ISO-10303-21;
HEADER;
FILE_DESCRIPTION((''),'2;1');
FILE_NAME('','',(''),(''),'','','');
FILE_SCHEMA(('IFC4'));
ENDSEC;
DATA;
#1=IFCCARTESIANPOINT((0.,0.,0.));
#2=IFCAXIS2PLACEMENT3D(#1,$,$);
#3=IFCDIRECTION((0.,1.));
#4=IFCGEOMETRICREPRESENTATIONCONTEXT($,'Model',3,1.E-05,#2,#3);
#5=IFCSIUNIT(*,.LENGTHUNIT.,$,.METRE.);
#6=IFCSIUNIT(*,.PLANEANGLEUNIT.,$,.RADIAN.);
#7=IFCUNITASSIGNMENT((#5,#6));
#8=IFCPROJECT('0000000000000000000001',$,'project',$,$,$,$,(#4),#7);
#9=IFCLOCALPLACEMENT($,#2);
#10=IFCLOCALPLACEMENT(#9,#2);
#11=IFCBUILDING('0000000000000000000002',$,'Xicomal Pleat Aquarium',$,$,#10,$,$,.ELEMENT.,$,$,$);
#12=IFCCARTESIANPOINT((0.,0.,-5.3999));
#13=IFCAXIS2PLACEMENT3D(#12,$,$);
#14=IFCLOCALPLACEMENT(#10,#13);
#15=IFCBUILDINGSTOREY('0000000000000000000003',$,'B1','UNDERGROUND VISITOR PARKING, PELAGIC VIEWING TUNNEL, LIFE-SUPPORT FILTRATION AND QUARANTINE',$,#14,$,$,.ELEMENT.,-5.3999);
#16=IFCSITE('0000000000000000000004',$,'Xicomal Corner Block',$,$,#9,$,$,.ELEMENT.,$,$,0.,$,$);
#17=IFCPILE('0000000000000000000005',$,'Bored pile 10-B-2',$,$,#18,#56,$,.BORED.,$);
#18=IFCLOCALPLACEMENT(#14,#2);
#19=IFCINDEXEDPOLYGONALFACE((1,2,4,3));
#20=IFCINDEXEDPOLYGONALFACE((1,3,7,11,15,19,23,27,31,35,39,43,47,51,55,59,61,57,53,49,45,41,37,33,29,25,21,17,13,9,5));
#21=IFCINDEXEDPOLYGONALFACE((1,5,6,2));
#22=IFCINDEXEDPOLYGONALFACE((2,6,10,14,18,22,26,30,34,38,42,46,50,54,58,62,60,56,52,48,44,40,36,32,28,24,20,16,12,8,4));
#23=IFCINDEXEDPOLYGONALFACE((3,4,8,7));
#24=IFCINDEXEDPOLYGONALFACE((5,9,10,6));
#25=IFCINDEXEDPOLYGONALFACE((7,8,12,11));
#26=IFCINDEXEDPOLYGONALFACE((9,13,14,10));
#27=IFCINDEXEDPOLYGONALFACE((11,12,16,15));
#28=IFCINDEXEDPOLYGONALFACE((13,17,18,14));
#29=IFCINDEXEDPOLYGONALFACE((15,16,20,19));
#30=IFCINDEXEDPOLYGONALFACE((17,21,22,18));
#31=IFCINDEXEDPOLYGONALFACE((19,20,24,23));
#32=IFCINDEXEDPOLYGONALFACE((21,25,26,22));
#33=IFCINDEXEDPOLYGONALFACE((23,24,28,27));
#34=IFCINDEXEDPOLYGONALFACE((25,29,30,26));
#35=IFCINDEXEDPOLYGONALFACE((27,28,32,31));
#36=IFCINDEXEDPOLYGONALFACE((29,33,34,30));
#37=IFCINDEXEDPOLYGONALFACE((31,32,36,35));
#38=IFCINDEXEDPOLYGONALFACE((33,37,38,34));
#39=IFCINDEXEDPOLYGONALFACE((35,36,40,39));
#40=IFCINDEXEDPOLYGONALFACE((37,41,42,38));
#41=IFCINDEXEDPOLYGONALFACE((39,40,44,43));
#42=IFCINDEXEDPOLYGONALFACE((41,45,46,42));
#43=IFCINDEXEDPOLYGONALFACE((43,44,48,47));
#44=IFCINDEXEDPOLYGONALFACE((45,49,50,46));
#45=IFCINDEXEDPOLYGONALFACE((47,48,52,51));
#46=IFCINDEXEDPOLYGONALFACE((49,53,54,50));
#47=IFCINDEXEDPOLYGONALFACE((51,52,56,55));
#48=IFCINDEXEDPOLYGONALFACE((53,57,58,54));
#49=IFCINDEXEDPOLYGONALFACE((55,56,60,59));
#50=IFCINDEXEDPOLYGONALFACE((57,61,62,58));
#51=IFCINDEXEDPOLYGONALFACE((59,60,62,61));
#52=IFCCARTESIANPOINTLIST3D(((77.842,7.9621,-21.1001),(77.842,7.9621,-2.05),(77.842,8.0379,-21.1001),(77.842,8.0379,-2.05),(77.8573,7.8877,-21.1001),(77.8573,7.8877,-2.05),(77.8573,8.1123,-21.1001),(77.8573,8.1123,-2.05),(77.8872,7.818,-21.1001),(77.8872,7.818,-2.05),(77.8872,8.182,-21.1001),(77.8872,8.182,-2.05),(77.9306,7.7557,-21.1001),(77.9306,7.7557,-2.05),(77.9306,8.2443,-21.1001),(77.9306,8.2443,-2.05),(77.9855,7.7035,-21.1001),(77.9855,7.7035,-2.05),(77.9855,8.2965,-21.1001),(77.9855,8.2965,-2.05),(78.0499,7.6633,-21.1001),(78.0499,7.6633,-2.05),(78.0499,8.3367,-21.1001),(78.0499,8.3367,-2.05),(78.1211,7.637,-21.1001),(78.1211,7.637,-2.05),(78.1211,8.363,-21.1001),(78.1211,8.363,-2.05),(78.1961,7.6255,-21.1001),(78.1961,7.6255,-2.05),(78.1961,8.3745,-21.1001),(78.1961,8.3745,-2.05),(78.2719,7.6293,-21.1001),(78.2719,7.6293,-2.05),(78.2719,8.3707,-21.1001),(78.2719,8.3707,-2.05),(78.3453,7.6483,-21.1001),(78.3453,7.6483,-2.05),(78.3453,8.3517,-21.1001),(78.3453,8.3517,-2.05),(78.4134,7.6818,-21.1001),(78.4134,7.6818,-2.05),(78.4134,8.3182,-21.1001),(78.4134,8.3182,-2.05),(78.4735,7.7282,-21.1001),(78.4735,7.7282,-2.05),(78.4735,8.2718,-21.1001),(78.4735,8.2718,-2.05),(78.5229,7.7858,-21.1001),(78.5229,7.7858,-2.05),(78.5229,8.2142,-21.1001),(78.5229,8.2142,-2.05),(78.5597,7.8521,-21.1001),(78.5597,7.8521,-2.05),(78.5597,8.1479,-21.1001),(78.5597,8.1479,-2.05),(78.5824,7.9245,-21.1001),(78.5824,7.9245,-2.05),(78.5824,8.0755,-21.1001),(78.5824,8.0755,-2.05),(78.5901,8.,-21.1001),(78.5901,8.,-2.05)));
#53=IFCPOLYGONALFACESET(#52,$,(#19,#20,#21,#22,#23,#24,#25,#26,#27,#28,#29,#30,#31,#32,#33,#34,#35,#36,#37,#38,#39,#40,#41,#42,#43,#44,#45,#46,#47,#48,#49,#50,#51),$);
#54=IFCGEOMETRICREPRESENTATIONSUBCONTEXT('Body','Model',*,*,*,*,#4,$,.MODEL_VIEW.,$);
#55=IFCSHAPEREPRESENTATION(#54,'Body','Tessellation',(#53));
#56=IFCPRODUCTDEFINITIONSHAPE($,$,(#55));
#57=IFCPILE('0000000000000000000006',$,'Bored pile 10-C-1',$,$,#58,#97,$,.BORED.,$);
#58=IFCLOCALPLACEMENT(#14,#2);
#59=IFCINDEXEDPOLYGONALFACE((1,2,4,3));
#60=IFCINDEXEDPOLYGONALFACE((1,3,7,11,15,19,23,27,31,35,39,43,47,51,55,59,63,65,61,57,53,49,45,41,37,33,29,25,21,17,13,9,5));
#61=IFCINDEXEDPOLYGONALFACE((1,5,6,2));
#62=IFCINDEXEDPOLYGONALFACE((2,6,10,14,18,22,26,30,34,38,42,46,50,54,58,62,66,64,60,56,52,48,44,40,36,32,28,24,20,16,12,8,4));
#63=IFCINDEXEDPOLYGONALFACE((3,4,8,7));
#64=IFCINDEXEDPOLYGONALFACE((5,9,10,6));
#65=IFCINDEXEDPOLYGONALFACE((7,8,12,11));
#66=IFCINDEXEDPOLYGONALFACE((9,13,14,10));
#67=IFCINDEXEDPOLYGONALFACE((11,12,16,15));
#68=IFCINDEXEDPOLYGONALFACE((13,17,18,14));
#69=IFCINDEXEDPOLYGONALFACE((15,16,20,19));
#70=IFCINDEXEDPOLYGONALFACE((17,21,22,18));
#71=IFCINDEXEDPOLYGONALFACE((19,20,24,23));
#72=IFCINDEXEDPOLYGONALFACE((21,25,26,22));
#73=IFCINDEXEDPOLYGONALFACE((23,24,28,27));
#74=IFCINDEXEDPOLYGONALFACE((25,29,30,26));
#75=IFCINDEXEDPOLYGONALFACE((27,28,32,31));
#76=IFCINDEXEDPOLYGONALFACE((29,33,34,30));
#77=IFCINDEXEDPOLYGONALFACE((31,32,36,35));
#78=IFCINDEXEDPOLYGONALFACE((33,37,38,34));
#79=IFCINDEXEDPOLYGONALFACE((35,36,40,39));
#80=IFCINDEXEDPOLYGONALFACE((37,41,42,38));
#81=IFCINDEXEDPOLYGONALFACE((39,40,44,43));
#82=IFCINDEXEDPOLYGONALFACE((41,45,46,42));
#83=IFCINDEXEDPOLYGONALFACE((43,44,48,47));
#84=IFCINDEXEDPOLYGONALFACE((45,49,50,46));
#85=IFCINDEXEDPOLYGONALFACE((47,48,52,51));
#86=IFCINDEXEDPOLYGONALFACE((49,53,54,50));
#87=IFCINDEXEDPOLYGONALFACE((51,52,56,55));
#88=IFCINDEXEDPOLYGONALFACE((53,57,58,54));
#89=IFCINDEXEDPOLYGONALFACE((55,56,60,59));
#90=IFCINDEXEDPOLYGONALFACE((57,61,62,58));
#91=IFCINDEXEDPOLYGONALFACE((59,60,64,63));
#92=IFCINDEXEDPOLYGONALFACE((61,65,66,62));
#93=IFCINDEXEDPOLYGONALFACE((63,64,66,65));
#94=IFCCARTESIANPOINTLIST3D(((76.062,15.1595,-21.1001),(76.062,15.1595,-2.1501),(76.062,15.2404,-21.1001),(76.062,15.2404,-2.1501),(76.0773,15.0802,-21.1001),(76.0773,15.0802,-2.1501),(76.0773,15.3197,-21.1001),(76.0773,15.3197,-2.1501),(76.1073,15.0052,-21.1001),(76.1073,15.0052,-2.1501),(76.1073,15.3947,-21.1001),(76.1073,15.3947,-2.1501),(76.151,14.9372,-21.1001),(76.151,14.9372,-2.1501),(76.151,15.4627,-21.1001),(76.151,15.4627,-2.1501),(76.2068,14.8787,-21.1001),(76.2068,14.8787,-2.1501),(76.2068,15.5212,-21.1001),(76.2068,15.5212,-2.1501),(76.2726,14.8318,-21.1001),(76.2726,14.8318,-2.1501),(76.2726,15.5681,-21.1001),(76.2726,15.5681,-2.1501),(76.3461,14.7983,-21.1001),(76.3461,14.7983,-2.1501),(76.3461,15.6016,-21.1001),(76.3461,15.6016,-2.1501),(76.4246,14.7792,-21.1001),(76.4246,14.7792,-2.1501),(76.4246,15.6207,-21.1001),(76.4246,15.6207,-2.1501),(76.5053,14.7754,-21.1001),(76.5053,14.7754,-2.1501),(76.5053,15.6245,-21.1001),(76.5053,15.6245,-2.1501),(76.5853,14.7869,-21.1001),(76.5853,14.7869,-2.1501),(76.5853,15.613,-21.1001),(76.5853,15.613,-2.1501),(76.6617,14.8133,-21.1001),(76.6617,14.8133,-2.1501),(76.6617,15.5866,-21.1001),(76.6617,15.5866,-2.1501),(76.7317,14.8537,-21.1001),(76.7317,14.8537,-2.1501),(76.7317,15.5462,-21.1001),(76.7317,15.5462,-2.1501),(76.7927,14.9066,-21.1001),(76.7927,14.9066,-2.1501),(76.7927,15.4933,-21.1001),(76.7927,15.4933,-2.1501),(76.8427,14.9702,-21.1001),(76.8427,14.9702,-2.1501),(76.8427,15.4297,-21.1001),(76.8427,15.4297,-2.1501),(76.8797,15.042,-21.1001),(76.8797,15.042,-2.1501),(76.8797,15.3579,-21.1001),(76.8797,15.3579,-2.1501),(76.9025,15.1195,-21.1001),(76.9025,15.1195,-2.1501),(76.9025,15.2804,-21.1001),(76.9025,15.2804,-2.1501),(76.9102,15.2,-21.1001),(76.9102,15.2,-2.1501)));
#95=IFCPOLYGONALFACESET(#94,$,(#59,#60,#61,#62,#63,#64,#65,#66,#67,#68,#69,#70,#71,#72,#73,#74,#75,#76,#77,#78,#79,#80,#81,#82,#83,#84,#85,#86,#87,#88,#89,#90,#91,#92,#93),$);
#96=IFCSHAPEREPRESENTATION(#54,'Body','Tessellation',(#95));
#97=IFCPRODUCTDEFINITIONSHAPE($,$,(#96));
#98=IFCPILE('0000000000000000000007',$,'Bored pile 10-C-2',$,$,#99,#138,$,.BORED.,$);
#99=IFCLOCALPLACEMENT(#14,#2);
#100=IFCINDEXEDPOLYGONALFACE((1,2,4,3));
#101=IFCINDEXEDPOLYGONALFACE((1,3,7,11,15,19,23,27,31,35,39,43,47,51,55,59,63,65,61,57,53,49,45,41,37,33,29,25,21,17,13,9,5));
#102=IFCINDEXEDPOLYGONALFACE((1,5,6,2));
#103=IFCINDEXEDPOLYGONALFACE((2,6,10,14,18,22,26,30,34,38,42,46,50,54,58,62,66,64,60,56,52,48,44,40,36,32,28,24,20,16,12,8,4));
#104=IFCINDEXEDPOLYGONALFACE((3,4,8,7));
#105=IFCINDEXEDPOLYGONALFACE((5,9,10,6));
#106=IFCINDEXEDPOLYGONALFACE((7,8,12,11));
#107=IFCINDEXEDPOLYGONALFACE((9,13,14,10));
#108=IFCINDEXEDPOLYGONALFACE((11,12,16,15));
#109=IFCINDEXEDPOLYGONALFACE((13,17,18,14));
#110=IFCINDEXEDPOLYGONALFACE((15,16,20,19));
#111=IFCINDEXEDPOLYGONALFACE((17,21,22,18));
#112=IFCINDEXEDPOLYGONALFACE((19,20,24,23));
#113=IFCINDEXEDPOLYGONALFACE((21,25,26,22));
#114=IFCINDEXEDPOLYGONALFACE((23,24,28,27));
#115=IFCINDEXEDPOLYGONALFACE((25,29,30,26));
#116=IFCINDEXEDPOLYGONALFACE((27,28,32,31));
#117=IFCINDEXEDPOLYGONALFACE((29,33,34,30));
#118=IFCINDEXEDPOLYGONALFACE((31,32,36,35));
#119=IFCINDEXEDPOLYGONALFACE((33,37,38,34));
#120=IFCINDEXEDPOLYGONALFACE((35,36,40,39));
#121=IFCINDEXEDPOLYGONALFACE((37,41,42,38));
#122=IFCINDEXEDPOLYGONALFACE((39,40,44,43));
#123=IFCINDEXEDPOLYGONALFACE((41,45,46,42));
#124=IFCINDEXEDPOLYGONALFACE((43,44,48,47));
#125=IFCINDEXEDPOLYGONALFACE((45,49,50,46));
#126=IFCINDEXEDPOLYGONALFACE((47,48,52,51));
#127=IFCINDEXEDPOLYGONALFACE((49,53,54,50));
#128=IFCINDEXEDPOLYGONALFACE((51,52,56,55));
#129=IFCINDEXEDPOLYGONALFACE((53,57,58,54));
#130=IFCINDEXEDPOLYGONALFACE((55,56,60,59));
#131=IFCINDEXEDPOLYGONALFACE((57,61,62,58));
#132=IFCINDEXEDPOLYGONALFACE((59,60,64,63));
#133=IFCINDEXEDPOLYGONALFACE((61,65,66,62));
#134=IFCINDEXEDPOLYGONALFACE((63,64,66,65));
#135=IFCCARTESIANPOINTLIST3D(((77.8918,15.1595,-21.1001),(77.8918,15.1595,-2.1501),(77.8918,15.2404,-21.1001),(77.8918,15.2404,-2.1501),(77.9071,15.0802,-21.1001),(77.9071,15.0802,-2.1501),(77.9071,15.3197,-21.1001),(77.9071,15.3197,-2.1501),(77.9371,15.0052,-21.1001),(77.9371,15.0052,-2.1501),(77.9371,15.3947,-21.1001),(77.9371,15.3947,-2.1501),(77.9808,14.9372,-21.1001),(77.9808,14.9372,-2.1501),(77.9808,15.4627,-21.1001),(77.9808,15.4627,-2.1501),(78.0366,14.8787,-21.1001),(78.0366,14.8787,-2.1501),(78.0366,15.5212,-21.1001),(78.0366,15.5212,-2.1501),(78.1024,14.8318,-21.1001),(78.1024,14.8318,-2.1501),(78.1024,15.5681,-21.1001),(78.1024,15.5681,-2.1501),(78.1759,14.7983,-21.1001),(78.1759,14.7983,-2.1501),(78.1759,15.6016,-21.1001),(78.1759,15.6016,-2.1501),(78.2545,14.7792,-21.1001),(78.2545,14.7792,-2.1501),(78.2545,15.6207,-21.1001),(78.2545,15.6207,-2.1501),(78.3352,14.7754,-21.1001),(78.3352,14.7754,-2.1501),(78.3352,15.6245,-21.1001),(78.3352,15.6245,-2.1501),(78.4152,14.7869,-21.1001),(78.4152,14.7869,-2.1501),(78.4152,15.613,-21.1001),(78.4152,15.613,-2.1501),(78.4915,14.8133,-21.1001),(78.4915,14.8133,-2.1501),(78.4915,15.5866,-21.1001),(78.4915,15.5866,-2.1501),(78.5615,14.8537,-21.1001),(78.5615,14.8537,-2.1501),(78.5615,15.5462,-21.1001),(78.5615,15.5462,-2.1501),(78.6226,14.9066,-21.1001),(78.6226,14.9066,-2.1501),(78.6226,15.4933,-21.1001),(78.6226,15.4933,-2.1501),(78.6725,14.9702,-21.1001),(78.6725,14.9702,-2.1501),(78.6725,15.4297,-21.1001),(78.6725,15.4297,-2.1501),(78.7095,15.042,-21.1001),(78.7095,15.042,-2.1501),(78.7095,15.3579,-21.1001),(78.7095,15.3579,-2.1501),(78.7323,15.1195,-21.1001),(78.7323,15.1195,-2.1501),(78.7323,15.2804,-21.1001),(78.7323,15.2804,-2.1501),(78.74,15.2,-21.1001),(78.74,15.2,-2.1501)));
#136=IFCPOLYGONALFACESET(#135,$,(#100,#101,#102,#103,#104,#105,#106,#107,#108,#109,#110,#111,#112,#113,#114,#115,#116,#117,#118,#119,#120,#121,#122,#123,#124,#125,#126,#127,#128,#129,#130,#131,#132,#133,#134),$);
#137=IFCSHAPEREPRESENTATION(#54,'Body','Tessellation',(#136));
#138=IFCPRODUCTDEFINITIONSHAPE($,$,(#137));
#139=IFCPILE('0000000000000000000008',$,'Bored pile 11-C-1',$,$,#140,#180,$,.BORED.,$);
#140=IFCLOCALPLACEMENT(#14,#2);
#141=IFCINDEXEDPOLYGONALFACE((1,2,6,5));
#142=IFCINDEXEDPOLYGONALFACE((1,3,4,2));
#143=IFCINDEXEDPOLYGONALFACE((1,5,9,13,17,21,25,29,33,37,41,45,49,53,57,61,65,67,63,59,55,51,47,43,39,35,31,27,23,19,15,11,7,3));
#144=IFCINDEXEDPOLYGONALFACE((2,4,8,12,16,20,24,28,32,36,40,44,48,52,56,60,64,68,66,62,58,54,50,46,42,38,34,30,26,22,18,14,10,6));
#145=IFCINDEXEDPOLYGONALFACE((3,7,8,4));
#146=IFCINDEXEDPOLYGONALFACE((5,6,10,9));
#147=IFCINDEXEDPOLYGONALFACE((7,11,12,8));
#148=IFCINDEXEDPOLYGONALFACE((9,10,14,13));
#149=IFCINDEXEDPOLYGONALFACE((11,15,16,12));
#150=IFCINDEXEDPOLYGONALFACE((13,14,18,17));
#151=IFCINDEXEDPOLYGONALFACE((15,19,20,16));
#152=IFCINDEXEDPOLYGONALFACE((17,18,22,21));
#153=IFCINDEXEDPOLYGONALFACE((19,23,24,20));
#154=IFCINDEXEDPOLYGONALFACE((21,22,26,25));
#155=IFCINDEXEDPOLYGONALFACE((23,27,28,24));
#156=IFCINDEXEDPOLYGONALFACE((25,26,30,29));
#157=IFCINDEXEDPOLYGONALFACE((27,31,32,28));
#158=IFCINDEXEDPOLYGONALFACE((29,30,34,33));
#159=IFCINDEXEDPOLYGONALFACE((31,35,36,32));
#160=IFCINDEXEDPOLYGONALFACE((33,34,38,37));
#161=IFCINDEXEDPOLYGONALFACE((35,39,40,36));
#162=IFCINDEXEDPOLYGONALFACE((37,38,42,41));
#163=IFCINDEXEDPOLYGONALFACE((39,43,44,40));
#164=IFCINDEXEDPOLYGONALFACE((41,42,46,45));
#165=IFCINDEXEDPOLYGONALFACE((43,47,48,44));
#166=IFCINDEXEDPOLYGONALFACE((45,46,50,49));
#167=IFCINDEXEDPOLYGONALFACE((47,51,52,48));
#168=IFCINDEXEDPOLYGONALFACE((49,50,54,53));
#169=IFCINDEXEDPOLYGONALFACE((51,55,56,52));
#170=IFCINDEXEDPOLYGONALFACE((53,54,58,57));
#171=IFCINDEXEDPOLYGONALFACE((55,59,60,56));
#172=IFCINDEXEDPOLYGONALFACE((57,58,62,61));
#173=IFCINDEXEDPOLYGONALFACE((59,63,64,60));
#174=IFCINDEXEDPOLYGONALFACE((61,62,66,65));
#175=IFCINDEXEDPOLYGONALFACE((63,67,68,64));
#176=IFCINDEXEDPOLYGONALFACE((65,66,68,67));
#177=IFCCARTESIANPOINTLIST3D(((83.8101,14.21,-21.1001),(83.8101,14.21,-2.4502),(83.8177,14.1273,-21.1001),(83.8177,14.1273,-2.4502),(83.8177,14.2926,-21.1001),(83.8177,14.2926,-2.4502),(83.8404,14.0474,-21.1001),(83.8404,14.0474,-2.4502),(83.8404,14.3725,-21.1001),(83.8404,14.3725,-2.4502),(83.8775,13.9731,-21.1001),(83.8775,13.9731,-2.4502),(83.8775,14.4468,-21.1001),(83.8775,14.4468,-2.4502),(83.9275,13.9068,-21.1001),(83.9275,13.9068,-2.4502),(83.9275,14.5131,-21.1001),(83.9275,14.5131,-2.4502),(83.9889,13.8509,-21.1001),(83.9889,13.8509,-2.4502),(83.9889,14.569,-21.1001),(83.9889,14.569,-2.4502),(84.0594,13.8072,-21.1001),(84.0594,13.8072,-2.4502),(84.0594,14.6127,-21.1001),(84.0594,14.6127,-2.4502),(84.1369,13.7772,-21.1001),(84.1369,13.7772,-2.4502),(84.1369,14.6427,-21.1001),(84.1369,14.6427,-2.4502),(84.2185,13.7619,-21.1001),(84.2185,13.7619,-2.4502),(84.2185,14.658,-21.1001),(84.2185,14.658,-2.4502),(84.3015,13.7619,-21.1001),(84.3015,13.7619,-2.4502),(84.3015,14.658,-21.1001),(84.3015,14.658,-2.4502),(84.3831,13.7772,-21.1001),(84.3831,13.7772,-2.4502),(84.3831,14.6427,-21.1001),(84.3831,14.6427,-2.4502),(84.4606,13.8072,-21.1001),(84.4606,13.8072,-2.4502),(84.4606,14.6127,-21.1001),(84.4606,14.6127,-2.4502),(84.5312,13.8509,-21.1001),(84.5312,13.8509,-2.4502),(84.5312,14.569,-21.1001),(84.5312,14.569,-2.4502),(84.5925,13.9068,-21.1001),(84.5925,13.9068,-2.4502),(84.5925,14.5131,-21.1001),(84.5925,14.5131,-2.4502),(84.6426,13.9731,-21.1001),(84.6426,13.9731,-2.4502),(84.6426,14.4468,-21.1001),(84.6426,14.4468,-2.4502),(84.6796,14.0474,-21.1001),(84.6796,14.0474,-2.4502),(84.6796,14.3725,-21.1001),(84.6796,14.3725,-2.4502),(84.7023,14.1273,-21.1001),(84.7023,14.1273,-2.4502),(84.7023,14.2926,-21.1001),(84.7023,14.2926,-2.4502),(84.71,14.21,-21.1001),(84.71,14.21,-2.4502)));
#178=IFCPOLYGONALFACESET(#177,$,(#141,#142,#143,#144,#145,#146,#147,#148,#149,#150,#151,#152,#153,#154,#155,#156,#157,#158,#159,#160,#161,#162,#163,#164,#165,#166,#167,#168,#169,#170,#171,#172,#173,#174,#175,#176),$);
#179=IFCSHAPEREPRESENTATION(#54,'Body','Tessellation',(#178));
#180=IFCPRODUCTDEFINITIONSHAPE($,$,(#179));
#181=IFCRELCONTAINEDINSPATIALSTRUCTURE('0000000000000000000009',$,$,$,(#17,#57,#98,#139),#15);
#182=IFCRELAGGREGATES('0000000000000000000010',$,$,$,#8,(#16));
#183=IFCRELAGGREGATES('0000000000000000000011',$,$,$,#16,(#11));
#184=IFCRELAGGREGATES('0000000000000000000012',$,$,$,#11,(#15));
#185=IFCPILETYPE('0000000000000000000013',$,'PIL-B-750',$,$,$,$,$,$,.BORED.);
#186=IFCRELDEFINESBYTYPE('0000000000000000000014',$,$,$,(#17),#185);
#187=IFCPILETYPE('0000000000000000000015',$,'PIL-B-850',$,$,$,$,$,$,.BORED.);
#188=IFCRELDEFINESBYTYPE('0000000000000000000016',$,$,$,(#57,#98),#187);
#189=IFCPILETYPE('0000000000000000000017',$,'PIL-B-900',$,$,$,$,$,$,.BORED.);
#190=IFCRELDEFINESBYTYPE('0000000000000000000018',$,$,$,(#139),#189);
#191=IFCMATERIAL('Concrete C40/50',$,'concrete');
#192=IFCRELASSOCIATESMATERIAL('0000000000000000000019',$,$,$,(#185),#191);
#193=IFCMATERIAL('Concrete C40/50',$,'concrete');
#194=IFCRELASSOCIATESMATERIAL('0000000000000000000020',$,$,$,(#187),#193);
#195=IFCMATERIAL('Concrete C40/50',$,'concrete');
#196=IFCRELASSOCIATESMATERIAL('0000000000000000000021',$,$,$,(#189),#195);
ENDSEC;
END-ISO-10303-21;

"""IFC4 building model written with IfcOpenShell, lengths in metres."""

from ifc_helpers import new_model, si_unit, direction, frame, origin, origin_2d, place, context, subcontext, project, spatial, circle, extrude, material, material_profile, profile_set, type_object, element, save


model = new_model("IFC4")

# Units and contexts
model_context = context("Model", 3, precision=1e-05, world=origin(), true_north=direction((0.0, 1.0)))
body_context = subcontext(model_context, "Body", "Model", "MODEL_VIEW")
ifc_project = project(units=[si_unit("LENGTHUNIT", "METRE"), si_unit("PLANEANGLEUNIT", "RADIAN")], contexts=[model_context])

# Site, building, storey
site_placement = place(None, origin())
site = spatial("IfcSite", under=ifc_project, at=site_placement, Name="Xicomal Corner Block", CompositionType="ELEMENT", RefElevation=0.0)
building_placement = place(site_placement, origin())
building = spatial("IfcBuilding", under=site, at=building_placement, Name="Xicomal Pleat Aquarium", CompositionType="ELEMENT")
storey_placement = place(building_placement, frame((0.0, 0.0, -5.3999)))
storey = spatial("IfcBuildingStorey", under=building, at=storey_placement, Name="B1", Description="UNDERGROUND VISITOR PARKING, PELAGIC VIEWING TUNNEL, LIFE-SUPPORT FILTRATION AND QUARANTINE", CompositionType="ELEMENT", Elevation=-5.3999)

# Piles
ifc_material_1 = material(Name="Concrete C40/50", Category="concrete")
ifc_material_profile_1 = material_profile(ifc_material_1, circle(Radius=0.375, at=origin_2d()), Name="BORED PILE D750")
ifc_profile_set_1 = profile_set([ifc_material_profile_1], Name="Concrete C40/50")
pile_type_1 = type_object("IfcPileType", Name="PIL-B-750", PredefinedType="BORED", material=ifc_profile_set_1)
for number, where, z_axis, x_axis, name in (
    (1, (78.2151, 8.0, -2.05), (0.0, 0.0, -1.0), (1.0, 0.0, 0.0), "Bored pile 10-B-2"),
):
    element("IfcPile", number, at=place(storey_placement, frame(where, z_axis=z_axis, x_axis=x_axis)), inside=storey, type_object=pile_type_1, Name=name, PredefinedType="BORED", context=body_context, shape_type="SweptSolid", body=[
        extrude(circle(Radius=0.375, at=origin_2d()), origin(), (0.0, 0.0, 1.0), 19.05),
    ])
ifc_material_2 = material(Name="Concrete C40/50", Category="concrete")
ifc_material_profile_2 = material_profile(ifc_material_2, circle(Radius=0.425, at=origin_2d()), Name="BORED PILE D850")
ifc_profile_set_2 = profile_set([ifc_material_profile_2], Name="Concrete C40/50")
pile_type_2 = type_object("IfcPileType", Name="PIL-B-850", PredefinedType="BORED", material=ifc_profile_set_2)
for number, where, z_axis, x_axis, name in (
    (2, (76.4851, 15.2, -2.1501), (0.0, 0.0, -1.0), (1.0, 0.0, 0.0), "Bored pile 10-C-1"),
    (3, (78.3149, 15.2, -2.1501), (0.0, 0.0, -1.0), (1.0, 0.0, 0.0), "Bored pile 10-C-2"),
):
    element("IfcPile", number, at=place(storey_placement, frame(where, z_axis=z_axis, x_axis=x_axis)), inside=storey, type_object=pile_type_2, Name=name, PredefinedType="BORED", context=body_context, shape_type="SweptSolid", body=[
        extrude(circle(Radius=0.425, at=origin_2d()), origin(), (0.0, 0.0, 1.0), 18.95),
    ])
ifc_material_3 = material(Name="Concrete C40/50", Category="concrete")
ifc_material_profile_3 = material_profile(ifc_material_3, circle(Radius=0.45, at=origin_2d()), Name="BORED PILE D900")
ifc_profile_set_3 = profile_set([ifc_material_profile_3], Name="Concrete C40/50")
pile_type_3 = type_object("IfcPileType", Name="PIL-B-900", PredefinedType="BORED", material=ifc_profile_set_3)
for number, where, z_axis, x_axis, name in (
    (4, (84.26, 14.21, -2.4502), (0.0, 0.0, -1.0), (1.0, 0.0, 0.0), "Bored pile 11-C-1"),
):
    element("IfcPile", number, at=place(storey_placement, frame(where, z_axis=z_axis, x_axis=x_axis)), inside=storey, type_object=pile_type_3, Name=name, PredefinedType="BORED", context=body_context, shape_type="SweptSolid", body=[
        extrude(circle(Radius=0.45, at=origin_2d()), origin(), (0.0, 0.0, 1.0), 18.6499),
    ])

save(model, "model.ifc")
